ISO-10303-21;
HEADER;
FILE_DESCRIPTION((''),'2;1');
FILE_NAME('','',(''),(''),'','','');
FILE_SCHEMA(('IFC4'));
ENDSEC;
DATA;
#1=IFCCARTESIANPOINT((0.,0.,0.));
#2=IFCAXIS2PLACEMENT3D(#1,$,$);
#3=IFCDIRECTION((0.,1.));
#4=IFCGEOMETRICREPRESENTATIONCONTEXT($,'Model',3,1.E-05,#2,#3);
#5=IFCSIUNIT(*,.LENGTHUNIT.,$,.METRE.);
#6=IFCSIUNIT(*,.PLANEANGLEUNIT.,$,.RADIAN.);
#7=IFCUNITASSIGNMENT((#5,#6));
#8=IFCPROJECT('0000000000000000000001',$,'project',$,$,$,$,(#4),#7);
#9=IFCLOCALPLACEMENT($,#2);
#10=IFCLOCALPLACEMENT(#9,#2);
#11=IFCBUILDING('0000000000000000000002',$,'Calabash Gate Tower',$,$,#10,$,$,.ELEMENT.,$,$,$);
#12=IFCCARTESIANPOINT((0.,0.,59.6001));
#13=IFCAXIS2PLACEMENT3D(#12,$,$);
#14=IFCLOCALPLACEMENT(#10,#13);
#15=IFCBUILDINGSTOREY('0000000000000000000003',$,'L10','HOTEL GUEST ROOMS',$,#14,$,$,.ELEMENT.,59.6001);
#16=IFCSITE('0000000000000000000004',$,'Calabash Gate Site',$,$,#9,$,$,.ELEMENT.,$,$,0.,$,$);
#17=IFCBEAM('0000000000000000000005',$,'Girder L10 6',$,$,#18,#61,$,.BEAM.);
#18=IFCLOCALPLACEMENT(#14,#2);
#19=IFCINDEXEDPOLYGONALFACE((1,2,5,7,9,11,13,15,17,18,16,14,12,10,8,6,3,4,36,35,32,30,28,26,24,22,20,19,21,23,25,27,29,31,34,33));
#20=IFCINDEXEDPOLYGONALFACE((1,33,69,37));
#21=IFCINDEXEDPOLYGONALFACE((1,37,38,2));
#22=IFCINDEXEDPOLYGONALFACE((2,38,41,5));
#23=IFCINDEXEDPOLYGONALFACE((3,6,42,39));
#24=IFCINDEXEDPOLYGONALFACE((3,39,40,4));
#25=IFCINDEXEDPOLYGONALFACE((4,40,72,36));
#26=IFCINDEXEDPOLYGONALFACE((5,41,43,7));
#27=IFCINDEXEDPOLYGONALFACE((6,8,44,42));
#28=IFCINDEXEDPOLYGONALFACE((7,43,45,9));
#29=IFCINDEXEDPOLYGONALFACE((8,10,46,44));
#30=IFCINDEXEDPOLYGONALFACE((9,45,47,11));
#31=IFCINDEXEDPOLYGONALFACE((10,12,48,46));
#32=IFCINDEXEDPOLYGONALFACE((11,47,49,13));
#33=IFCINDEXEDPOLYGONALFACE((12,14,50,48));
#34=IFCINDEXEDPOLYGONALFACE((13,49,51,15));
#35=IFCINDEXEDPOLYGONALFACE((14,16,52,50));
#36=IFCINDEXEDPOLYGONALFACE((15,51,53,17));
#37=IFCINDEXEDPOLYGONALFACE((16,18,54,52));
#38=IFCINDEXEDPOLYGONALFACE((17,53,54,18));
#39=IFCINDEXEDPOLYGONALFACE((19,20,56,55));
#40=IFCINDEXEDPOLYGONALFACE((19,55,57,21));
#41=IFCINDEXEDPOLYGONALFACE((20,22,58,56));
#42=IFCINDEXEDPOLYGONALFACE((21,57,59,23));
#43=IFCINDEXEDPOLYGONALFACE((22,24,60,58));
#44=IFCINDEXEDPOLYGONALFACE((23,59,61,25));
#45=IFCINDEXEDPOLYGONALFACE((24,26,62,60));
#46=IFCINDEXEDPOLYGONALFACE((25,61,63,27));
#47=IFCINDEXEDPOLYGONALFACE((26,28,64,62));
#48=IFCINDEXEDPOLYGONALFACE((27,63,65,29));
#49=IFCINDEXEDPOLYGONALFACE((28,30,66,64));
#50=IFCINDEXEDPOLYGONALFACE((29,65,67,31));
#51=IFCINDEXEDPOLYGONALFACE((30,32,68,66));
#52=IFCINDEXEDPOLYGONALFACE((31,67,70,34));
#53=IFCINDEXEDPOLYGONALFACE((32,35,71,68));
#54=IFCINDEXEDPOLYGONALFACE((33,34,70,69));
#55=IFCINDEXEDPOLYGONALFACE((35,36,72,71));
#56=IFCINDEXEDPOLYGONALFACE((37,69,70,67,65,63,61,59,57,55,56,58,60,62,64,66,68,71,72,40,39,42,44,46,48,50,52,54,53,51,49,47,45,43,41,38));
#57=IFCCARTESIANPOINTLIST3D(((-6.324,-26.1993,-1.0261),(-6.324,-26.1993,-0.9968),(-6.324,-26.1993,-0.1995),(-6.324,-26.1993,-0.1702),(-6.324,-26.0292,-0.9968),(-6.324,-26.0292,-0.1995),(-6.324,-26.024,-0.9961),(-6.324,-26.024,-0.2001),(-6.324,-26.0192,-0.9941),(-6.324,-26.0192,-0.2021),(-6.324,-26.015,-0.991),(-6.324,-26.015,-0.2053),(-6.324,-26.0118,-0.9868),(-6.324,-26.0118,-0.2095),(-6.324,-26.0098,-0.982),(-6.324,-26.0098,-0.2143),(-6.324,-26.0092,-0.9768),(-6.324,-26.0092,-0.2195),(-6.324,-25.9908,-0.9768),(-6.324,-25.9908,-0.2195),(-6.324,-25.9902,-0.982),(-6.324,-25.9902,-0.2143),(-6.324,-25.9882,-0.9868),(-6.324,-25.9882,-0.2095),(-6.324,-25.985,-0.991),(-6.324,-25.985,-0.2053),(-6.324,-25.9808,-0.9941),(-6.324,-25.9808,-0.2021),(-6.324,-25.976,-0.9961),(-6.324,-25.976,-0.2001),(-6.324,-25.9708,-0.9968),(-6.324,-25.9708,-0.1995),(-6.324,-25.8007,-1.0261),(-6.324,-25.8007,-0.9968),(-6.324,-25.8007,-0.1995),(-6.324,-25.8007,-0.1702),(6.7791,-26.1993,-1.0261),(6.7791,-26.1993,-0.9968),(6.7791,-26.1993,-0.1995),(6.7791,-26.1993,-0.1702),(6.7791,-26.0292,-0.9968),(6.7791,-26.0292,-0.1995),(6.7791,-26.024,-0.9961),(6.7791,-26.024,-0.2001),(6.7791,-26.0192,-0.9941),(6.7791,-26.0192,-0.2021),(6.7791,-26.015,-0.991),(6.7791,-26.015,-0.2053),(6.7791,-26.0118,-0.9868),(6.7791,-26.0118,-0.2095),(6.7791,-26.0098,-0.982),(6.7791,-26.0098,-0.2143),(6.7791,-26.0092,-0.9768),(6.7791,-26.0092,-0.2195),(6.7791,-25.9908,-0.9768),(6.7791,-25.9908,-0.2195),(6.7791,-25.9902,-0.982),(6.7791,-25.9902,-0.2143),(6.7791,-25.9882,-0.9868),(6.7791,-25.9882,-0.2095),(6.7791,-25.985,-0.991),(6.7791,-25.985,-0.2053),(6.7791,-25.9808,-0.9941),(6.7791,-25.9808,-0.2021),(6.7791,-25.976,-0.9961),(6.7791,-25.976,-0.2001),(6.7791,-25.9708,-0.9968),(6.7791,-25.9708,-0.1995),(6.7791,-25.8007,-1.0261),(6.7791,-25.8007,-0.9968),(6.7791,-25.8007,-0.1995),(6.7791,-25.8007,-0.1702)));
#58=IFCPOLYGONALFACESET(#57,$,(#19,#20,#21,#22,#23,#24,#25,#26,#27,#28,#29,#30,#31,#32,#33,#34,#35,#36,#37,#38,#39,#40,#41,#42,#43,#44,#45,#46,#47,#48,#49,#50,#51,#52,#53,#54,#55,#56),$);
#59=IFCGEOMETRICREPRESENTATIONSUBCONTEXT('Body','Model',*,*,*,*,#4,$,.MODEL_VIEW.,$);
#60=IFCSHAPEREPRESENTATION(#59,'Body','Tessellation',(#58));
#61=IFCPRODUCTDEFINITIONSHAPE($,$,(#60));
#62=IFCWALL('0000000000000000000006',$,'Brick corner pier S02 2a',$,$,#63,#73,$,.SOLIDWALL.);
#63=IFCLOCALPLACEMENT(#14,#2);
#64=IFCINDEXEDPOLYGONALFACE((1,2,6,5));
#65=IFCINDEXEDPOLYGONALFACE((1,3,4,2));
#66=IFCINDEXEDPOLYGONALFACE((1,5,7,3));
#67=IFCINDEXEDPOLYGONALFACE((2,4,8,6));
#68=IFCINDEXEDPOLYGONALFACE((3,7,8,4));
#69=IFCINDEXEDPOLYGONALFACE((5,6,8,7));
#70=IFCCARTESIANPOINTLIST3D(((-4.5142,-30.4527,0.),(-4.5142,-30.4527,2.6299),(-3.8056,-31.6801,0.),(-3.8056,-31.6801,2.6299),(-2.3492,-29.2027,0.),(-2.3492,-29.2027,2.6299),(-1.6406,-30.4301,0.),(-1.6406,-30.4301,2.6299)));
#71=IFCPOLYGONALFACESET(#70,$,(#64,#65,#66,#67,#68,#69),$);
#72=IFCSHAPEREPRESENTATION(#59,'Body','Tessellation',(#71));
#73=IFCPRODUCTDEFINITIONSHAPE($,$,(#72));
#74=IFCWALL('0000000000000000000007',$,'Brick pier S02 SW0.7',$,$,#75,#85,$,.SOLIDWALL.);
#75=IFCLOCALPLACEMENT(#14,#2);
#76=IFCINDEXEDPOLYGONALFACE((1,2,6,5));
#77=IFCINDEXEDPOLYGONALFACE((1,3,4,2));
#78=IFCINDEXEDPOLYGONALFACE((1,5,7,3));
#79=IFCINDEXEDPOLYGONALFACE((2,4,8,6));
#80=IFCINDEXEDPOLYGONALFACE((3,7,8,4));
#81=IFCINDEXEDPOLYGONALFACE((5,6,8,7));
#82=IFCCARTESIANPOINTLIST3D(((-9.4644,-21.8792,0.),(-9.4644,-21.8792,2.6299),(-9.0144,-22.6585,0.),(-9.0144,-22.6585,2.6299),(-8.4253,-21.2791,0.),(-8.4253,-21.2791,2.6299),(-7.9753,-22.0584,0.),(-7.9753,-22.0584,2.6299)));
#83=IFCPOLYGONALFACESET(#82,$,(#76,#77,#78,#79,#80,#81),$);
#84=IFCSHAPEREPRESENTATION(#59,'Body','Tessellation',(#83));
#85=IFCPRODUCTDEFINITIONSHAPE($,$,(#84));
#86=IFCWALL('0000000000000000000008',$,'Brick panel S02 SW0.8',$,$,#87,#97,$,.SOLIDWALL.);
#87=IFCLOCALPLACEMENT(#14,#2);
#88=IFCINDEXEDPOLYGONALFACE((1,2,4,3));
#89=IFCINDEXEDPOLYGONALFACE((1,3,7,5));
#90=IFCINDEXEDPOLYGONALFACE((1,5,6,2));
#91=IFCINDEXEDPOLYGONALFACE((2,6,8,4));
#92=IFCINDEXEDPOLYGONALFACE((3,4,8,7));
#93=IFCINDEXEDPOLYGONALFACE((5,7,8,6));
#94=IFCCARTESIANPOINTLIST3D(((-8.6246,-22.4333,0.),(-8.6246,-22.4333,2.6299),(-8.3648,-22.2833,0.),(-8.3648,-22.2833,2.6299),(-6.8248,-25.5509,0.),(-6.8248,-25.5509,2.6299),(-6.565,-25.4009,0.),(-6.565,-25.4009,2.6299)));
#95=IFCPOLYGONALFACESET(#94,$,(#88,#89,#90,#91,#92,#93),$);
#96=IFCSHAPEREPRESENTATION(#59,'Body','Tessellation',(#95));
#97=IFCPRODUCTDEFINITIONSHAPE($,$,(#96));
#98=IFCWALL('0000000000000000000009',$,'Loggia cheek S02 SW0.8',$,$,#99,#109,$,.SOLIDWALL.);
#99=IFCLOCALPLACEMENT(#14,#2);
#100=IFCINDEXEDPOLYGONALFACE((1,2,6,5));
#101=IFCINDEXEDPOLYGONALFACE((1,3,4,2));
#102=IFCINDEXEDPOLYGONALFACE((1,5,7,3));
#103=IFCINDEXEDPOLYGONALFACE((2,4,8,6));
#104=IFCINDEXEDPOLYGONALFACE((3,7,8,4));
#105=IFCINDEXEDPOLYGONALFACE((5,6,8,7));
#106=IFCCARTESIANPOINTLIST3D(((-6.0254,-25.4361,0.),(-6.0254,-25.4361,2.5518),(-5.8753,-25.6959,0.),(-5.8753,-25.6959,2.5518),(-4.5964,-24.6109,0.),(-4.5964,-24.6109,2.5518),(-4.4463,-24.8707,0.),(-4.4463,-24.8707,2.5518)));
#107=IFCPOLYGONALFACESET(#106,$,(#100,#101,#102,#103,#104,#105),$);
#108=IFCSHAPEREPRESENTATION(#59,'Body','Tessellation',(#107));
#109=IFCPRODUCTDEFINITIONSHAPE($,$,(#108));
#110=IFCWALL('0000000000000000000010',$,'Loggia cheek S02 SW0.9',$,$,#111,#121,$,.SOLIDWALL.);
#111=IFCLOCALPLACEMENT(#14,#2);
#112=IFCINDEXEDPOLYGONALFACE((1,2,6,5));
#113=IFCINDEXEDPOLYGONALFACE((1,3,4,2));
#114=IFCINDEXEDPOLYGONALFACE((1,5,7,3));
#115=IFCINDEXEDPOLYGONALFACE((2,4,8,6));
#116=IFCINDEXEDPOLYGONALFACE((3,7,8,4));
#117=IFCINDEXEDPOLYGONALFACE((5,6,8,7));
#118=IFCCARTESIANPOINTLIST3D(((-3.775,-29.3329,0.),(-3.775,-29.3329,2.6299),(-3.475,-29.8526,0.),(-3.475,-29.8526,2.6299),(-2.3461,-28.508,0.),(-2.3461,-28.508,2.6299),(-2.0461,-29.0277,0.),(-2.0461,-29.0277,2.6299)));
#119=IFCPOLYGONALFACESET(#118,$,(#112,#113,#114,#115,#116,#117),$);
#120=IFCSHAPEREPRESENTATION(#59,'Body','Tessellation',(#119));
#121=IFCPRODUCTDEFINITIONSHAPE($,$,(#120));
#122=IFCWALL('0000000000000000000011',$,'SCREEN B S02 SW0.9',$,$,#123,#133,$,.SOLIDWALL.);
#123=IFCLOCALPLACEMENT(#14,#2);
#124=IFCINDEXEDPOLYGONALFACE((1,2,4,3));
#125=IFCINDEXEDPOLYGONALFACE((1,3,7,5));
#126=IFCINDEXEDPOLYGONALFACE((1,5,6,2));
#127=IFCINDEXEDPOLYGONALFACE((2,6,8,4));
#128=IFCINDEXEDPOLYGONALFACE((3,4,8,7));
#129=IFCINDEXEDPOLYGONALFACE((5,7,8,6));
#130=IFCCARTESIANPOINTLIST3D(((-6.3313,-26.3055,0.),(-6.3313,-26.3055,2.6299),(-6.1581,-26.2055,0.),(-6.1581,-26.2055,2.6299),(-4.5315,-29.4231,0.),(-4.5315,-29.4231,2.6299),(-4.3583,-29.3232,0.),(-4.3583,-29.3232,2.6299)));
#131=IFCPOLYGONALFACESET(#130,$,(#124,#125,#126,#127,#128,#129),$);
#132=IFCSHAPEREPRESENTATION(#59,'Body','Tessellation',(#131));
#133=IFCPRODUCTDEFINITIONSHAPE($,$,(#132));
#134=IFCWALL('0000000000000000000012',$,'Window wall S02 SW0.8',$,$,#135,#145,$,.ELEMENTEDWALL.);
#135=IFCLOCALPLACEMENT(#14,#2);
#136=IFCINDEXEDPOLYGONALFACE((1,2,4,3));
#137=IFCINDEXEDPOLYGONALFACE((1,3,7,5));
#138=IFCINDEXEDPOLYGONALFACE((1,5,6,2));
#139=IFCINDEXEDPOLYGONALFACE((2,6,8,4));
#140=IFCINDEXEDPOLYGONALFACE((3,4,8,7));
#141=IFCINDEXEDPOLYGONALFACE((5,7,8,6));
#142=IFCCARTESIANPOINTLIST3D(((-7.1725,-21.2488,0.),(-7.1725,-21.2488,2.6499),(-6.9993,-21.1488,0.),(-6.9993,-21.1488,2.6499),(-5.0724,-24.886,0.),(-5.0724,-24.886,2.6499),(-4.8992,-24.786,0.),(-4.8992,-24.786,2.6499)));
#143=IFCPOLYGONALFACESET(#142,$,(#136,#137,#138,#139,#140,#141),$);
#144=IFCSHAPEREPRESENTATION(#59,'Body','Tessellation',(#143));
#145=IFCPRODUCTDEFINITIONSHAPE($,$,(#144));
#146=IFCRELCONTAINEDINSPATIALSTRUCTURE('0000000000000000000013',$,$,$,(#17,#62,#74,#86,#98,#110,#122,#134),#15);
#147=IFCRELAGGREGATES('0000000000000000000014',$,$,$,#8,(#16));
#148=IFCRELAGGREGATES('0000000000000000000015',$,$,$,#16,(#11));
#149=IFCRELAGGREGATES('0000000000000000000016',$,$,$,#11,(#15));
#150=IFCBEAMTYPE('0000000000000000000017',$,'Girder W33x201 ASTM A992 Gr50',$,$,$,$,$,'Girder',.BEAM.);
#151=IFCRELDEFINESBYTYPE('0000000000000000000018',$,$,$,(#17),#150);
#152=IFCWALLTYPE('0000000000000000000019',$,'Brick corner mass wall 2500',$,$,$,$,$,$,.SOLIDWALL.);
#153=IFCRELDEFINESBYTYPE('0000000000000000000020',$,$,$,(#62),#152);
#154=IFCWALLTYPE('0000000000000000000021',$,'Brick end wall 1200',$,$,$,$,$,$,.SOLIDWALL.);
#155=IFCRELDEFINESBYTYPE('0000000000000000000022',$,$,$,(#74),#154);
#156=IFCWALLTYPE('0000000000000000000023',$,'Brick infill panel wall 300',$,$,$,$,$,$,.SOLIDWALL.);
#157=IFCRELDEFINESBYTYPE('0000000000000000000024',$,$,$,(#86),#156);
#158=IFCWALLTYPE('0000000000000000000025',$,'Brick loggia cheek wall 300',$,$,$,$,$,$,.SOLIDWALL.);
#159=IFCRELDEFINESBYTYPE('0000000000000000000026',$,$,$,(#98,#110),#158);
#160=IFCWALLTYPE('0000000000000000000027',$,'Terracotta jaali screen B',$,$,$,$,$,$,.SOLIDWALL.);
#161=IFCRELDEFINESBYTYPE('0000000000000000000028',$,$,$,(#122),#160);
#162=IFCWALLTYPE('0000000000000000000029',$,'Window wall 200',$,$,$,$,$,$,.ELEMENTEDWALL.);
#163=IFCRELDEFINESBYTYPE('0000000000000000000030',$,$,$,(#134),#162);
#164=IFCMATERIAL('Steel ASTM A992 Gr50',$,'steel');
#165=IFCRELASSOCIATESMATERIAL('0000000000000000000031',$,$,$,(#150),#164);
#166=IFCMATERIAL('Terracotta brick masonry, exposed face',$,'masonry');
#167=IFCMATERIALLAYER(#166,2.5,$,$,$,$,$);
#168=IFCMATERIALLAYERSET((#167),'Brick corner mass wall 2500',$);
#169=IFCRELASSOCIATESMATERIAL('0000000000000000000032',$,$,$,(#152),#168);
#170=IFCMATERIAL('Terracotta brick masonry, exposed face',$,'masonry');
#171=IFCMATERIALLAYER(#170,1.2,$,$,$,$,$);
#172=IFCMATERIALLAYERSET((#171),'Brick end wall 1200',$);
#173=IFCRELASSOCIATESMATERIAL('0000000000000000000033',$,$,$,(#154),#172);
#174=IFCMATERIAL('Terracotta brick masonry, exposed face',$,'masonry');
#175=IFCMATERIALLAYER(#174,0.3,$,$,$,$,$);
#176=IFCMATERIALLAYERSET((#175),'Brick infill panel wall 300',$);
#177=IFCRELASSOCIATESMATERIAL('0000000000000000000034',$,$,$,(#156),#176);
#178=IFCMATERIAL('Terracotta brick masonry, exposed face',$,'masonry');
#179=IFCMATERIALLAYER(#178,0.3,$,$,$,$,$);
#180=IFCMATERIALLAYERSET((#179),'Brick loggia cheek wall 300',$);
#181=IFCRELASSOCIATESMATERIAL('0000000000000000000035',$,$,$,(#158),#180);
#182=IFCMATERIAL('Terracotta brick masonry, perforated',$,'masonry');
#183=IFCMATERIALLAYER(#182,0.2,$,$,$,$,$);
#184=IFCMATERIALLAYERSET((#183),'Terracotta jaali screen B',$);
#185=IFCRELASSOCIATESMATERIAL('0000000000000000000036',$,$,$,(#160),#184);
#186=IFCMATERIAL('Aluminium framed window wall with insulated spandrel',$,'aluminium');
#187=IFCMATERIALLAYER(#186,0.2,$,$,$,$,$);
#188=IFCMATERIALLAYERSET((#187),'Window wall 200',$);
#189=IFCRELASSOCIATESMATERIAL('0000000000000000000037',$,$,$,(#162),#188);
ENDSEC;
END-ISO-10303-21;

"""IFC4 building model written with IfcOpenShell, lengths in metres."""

from ifc_helpers import new_model, si_unit, direction, frame, frame_2d, origin, origin_2d, place, context, subcontext, project, spatial, rectangle, i_section, extrude, material, layer, layer_set, material_profile, profile_set, type_object, element, save


model = new_model("IFC4")

# Units and contexts
model_context = context("Model", 3, precision=1e-05, world=origin(), true_north=direction((0.0, 1.0)))
body_context = subcontext(model_context, "Body", "Model", "MODEL_VIEW")
ifc_project = project(units=[si_unit("LENGTHUNIT", "METRE"), si_unit("PLANEANGLEUNIT", "RADIAN")], contexts=[model_context])

# Site, building, storey
site_placement = place(None, origin())
site = spatial("IfcSite", under=ifc_project, at=site_placement, Name="Calabash Gate Site", CompositionType="ELEMENT", RefElevation=0.0)
building_placement = place(site_placement, origin())
building = spatial("IfcBuilding", under=site, at=building_placement, Name="Calabash Gate Tower", CompositionType="ELEMENT")
storey_placement = place(building_placement, frame((0.0, 0.0, 59.6001)))
storey = spatial("IfcBuildingStorey", under=building, at=storey_placement, Name="L10", Description="HOTEL GUEST ROOMS", CompositionType="ELEMENT", Elevation=59.6001)

# Beam
ifc_material_1 = material(Name="Steel ASTM A992 Gr50", Category="steel")
ifc_material_profile_1 = material_profile(ifc_material_1, i_section(OverallWidth=0.3987, OverallDepth=0.856, WebThickness=0.0183, FlangeThickness=0.0293, FilletRadius=0.02, at=origin_2d()))
ifc_profile_set_1 = profile_set([ifc_material_profile_1], Name="Steel ASTM A992 Gr50")
beam_type_1 = type_object("IfcBeamType", Name="Girder W33x201 ASTM A992 Gr50", ElementType="Girder", PredefinedType="BEAM", material=ifc_profile_set_1)
beam_1_placement = place(storey_placement, frame((-6.324, -26.0, -0.5981), z_axis=(1.0, 0.0, 0.0), x_axis=(0.0, 1.0, 0.0)))
element("IfcBeam", 1, at=beam_1_placement, inside=storey, type_object=beam_type_1, Name="Girder L10 6", PredefinedType="BEAM", context=body_context, shape_type="SweptSolid", body=[
    extrude(i_section(OverallWidth=0.3987, OverallDepth=0.856, WebThickness=0.0183, FlangeThickness=0.0293, FilletRadius=0.02, at=origin_2d()), origin(), (0.0, 0.0, 1.0), 13.103),
])

# Walls
ifc_material_2 = material(Name="Terracotta brick masonry, exposed face", Category="masonry")
ifc_layer_1 = layer(ifc_material_2, 2.5)
ifc_layer_set_1 = layer_set([ifc_layer_1], Name="Brick corner mass wall 2500")
wall_type_1 = type_object("IfcWallType", Name="Brick corner mass wall 2500", PredefinedType="SOLIDWALL", material=ifc_layer_set_1)
wall_1_placement = place(storey_placement, frame((-1.9949, -29.8164, 0.0), z_axis=(0.0, 0.0, 1.0), x_axis=(-0.866023, -0.500004, 0.0)))
element("IfcWall", 2, at=wall_1_placement, inside=storey, type_object=wall_type_1, Name="Brick corner pier S02 2a", PredefinedType="SOLIDWALL", context=body_context, shape_type="SweptSolid", body=[
    extrude(rectangle(XDim=2.5, YDim=1.4172, at=frame_2d((1.25, 0.0))), origin(), (0.0, 0.0, 1.0), 2.6299),
])
ifc_material_3 = material(Name="Terracotta brick masonry, exposed face", Category="masonry")
ifc_layer_2 = layer(ifc_material_3, 1.2)
ifc_layer_set_2 = layer_set([ifc_layer_2], Name="Brick end wall 1200")
wall_type_2 = type_object("IfcWallType", Name="Brick end wall 1200", PredefinedType="SOLIDWALL", material=ifc_layer_set_2)
wall_2_placement = place(storey_placement, frame((-8.2002, -21.6687, 0.0), z_axis=(0.0, 0.0, 1.0), x_axis=(-0.865955, -0.500122, 0.0)))
element("IfcWall", 3, at=wall_2_placement, inside=storey, type_object=wall_type_2, Name="Brick pier S02 SW0.7", PredefinedType="SOLIDWALL", context=body_context, shape_type="SweptSolid", body=[
    extrude(rectangle(XDim=1.2, YDim=0.8999, at=frame_2d((0.6001, 0.0))), origin(), (0.0, 0.0, 1.0), 2.6299),
])
ifc_material_4 = material(Name="Terracotta brick masonry, exposed face", Category="masonry")
ifc_layer_3 = layer(ifc_material_4, 0.3)
ifc_layer_set_3 = layer_set([ifc_layer_3], Name="Brick infill panel wall 300")
wall_type_3 = type_object("IfcWallType", Name="Brick infill panel wall 300", PredefinedType="SOLIDWALL", material=ifc_layer_set_3)
wall_3_placement = place(storey_placement, frame((-8.4946, -22.3584, 0.0), z_axis=(0.0, 0.0, 1.0), x_axis=(0.499961, -0.866048, 0.0)))
element("IfcWall", 4, at=wall_3_placement, inside=storey, type_object=wall_type_3, Name="Brick panel S02 SW0.8", PredefinedType="SOLIDWALL", context=body_context, shape_type="SweptSolid", body=[
    extrude(rectangle(XDim=3.5999, YDim=0.3, at=frame_2d((1.7998, 0.0))), origin(), (0.0, 0.0, 1.0), 2.6299),
])
ifc_material_5 = material(Name="Terracotta brick masonry, exposed face", Category="masonry")
ifc_layer_4 = layer(ifc_material_5, 0.3)
ifc_layer_set_4 = layer_set([ifc_layer_4], Name="Brick loggia cheek wall 300")
wall_type_4 = type_object("IfcWallType", Name="Brick loggia cheek wall 300", PredefinedType="SOLIDWALL", material=ifc_layer_set_4)
wall_4_placement = place(storey_placement, frame((-4.5212, -24.7407, 0.0), z_axis=(0.0, 0.0, 1.0), x_axis=(-0.865976, -0.500085, 0.0)))
element("IfcWall", 5, at=wall_4_placement, inside=storey, type_object=wall_type_4, Name="Loggia cheek S02 SW0.8", PredefinedType="SOLIDWALL", context=body_context, shape_type="SweptSolid", body=[
    extrude(rectangle(XDim=1.6501, YDim=0.3, at=frame_2d((0.8252, 0.0))), origin(), (0.0, 0.0, 1.0), 2.5518),
])
wall_5_placement = place(storey_placement, frame((-3.625, -29.5928, 0.0), z_axis=(0.0, 0.0, 1.0), x_axis=(0.86604, 0.499974, 0.0)))
element("IfcWall", 6, at=wall_5_placement, inside=storey, type_object=wall_type_4, Name="Loggia cheek S02 SW0.9", PredefinedType="SOLIDWALL", context=body_context, shape_type="SweptSolid", body=[
    extrude(rectangle(XDim=1.6499, YDim=0.6001, at=frame_2d((0.825, 0.0))), origin(), (0.0, 0.0, 1.0), 2.6299),
])
ifc_material_6 = material(Name="Terracotta brick masonry, perforated", Category="masonry")
ifc_layer_5 = layer(ifc_material_6, 0.2)
ifc_layer_set_5 = layer_set([ifc_layer_5], Name="Terracotta jaali screen B")
wall_type_5 = type_object("IfcWallType", Name="Terracotta jaali screen B", PredefinedType="SOLIDWALL", material=ifc_layer_set_5)
wall_6_placement = place(storey_placement, frame((-6.2446, -26.2556, 0.0), z_axis=(0.0, 0.0, 1.0), x_axis=(0.499961, -0.866048, 0.0)))
element("IfcWall", 7, at=wall_6_placement, inside=storey, type_object=wall_type_5, Name="SCREEN B S02 SW0.9", PredefinedType="SOLIDWALL", context=body_context, shape_type="SweptSolid", body=[
    extrude(rectangle(XDim=3.5999, YDim=0.2, at=frame_2d((1.7998, 0.0))), origin(), (0.0, 0.0, 1.0), 2.6299),
])
ifc_material_7 = material(Name="Aluminium framed window wall with insulated spandrel", Category="aluminium")
ifc_layer_6 = layer(ifc_material_7, 0.2)
ifc_layer_set_6 = layer_set([ifc_layer_6], Name="Window wall 200")
wall_type_6 = type_object("IfcWallType", Name="Window wall 200", PredefinedType="ELEMENTEDWALL", material=ifc_layer_set_6)
wall_7_placement = place(storey_placement, frame((-7.0859, -21.1987, 0.0), z_axis=(0.0, 0.0, 1.0), x_axis=(0.500028, -0.866009, 0.0)))
element("IfcWall", 8, at=wall_7_placement, inside=storey, type_object=wall_type_6, Name="Window wall S02 SW0.8", PredefinedType="ELEMENTEDWALL", context=body_context, shape_type="SweptSolid", body=[
    extrude(rectangle(XDim=4.2, YDim=0.2, at=frame_2d((2.1001, 0.0))), origin(), (0.0, 0.0, 1.0), 2.6499),
])

save(model, "model.ifc")
